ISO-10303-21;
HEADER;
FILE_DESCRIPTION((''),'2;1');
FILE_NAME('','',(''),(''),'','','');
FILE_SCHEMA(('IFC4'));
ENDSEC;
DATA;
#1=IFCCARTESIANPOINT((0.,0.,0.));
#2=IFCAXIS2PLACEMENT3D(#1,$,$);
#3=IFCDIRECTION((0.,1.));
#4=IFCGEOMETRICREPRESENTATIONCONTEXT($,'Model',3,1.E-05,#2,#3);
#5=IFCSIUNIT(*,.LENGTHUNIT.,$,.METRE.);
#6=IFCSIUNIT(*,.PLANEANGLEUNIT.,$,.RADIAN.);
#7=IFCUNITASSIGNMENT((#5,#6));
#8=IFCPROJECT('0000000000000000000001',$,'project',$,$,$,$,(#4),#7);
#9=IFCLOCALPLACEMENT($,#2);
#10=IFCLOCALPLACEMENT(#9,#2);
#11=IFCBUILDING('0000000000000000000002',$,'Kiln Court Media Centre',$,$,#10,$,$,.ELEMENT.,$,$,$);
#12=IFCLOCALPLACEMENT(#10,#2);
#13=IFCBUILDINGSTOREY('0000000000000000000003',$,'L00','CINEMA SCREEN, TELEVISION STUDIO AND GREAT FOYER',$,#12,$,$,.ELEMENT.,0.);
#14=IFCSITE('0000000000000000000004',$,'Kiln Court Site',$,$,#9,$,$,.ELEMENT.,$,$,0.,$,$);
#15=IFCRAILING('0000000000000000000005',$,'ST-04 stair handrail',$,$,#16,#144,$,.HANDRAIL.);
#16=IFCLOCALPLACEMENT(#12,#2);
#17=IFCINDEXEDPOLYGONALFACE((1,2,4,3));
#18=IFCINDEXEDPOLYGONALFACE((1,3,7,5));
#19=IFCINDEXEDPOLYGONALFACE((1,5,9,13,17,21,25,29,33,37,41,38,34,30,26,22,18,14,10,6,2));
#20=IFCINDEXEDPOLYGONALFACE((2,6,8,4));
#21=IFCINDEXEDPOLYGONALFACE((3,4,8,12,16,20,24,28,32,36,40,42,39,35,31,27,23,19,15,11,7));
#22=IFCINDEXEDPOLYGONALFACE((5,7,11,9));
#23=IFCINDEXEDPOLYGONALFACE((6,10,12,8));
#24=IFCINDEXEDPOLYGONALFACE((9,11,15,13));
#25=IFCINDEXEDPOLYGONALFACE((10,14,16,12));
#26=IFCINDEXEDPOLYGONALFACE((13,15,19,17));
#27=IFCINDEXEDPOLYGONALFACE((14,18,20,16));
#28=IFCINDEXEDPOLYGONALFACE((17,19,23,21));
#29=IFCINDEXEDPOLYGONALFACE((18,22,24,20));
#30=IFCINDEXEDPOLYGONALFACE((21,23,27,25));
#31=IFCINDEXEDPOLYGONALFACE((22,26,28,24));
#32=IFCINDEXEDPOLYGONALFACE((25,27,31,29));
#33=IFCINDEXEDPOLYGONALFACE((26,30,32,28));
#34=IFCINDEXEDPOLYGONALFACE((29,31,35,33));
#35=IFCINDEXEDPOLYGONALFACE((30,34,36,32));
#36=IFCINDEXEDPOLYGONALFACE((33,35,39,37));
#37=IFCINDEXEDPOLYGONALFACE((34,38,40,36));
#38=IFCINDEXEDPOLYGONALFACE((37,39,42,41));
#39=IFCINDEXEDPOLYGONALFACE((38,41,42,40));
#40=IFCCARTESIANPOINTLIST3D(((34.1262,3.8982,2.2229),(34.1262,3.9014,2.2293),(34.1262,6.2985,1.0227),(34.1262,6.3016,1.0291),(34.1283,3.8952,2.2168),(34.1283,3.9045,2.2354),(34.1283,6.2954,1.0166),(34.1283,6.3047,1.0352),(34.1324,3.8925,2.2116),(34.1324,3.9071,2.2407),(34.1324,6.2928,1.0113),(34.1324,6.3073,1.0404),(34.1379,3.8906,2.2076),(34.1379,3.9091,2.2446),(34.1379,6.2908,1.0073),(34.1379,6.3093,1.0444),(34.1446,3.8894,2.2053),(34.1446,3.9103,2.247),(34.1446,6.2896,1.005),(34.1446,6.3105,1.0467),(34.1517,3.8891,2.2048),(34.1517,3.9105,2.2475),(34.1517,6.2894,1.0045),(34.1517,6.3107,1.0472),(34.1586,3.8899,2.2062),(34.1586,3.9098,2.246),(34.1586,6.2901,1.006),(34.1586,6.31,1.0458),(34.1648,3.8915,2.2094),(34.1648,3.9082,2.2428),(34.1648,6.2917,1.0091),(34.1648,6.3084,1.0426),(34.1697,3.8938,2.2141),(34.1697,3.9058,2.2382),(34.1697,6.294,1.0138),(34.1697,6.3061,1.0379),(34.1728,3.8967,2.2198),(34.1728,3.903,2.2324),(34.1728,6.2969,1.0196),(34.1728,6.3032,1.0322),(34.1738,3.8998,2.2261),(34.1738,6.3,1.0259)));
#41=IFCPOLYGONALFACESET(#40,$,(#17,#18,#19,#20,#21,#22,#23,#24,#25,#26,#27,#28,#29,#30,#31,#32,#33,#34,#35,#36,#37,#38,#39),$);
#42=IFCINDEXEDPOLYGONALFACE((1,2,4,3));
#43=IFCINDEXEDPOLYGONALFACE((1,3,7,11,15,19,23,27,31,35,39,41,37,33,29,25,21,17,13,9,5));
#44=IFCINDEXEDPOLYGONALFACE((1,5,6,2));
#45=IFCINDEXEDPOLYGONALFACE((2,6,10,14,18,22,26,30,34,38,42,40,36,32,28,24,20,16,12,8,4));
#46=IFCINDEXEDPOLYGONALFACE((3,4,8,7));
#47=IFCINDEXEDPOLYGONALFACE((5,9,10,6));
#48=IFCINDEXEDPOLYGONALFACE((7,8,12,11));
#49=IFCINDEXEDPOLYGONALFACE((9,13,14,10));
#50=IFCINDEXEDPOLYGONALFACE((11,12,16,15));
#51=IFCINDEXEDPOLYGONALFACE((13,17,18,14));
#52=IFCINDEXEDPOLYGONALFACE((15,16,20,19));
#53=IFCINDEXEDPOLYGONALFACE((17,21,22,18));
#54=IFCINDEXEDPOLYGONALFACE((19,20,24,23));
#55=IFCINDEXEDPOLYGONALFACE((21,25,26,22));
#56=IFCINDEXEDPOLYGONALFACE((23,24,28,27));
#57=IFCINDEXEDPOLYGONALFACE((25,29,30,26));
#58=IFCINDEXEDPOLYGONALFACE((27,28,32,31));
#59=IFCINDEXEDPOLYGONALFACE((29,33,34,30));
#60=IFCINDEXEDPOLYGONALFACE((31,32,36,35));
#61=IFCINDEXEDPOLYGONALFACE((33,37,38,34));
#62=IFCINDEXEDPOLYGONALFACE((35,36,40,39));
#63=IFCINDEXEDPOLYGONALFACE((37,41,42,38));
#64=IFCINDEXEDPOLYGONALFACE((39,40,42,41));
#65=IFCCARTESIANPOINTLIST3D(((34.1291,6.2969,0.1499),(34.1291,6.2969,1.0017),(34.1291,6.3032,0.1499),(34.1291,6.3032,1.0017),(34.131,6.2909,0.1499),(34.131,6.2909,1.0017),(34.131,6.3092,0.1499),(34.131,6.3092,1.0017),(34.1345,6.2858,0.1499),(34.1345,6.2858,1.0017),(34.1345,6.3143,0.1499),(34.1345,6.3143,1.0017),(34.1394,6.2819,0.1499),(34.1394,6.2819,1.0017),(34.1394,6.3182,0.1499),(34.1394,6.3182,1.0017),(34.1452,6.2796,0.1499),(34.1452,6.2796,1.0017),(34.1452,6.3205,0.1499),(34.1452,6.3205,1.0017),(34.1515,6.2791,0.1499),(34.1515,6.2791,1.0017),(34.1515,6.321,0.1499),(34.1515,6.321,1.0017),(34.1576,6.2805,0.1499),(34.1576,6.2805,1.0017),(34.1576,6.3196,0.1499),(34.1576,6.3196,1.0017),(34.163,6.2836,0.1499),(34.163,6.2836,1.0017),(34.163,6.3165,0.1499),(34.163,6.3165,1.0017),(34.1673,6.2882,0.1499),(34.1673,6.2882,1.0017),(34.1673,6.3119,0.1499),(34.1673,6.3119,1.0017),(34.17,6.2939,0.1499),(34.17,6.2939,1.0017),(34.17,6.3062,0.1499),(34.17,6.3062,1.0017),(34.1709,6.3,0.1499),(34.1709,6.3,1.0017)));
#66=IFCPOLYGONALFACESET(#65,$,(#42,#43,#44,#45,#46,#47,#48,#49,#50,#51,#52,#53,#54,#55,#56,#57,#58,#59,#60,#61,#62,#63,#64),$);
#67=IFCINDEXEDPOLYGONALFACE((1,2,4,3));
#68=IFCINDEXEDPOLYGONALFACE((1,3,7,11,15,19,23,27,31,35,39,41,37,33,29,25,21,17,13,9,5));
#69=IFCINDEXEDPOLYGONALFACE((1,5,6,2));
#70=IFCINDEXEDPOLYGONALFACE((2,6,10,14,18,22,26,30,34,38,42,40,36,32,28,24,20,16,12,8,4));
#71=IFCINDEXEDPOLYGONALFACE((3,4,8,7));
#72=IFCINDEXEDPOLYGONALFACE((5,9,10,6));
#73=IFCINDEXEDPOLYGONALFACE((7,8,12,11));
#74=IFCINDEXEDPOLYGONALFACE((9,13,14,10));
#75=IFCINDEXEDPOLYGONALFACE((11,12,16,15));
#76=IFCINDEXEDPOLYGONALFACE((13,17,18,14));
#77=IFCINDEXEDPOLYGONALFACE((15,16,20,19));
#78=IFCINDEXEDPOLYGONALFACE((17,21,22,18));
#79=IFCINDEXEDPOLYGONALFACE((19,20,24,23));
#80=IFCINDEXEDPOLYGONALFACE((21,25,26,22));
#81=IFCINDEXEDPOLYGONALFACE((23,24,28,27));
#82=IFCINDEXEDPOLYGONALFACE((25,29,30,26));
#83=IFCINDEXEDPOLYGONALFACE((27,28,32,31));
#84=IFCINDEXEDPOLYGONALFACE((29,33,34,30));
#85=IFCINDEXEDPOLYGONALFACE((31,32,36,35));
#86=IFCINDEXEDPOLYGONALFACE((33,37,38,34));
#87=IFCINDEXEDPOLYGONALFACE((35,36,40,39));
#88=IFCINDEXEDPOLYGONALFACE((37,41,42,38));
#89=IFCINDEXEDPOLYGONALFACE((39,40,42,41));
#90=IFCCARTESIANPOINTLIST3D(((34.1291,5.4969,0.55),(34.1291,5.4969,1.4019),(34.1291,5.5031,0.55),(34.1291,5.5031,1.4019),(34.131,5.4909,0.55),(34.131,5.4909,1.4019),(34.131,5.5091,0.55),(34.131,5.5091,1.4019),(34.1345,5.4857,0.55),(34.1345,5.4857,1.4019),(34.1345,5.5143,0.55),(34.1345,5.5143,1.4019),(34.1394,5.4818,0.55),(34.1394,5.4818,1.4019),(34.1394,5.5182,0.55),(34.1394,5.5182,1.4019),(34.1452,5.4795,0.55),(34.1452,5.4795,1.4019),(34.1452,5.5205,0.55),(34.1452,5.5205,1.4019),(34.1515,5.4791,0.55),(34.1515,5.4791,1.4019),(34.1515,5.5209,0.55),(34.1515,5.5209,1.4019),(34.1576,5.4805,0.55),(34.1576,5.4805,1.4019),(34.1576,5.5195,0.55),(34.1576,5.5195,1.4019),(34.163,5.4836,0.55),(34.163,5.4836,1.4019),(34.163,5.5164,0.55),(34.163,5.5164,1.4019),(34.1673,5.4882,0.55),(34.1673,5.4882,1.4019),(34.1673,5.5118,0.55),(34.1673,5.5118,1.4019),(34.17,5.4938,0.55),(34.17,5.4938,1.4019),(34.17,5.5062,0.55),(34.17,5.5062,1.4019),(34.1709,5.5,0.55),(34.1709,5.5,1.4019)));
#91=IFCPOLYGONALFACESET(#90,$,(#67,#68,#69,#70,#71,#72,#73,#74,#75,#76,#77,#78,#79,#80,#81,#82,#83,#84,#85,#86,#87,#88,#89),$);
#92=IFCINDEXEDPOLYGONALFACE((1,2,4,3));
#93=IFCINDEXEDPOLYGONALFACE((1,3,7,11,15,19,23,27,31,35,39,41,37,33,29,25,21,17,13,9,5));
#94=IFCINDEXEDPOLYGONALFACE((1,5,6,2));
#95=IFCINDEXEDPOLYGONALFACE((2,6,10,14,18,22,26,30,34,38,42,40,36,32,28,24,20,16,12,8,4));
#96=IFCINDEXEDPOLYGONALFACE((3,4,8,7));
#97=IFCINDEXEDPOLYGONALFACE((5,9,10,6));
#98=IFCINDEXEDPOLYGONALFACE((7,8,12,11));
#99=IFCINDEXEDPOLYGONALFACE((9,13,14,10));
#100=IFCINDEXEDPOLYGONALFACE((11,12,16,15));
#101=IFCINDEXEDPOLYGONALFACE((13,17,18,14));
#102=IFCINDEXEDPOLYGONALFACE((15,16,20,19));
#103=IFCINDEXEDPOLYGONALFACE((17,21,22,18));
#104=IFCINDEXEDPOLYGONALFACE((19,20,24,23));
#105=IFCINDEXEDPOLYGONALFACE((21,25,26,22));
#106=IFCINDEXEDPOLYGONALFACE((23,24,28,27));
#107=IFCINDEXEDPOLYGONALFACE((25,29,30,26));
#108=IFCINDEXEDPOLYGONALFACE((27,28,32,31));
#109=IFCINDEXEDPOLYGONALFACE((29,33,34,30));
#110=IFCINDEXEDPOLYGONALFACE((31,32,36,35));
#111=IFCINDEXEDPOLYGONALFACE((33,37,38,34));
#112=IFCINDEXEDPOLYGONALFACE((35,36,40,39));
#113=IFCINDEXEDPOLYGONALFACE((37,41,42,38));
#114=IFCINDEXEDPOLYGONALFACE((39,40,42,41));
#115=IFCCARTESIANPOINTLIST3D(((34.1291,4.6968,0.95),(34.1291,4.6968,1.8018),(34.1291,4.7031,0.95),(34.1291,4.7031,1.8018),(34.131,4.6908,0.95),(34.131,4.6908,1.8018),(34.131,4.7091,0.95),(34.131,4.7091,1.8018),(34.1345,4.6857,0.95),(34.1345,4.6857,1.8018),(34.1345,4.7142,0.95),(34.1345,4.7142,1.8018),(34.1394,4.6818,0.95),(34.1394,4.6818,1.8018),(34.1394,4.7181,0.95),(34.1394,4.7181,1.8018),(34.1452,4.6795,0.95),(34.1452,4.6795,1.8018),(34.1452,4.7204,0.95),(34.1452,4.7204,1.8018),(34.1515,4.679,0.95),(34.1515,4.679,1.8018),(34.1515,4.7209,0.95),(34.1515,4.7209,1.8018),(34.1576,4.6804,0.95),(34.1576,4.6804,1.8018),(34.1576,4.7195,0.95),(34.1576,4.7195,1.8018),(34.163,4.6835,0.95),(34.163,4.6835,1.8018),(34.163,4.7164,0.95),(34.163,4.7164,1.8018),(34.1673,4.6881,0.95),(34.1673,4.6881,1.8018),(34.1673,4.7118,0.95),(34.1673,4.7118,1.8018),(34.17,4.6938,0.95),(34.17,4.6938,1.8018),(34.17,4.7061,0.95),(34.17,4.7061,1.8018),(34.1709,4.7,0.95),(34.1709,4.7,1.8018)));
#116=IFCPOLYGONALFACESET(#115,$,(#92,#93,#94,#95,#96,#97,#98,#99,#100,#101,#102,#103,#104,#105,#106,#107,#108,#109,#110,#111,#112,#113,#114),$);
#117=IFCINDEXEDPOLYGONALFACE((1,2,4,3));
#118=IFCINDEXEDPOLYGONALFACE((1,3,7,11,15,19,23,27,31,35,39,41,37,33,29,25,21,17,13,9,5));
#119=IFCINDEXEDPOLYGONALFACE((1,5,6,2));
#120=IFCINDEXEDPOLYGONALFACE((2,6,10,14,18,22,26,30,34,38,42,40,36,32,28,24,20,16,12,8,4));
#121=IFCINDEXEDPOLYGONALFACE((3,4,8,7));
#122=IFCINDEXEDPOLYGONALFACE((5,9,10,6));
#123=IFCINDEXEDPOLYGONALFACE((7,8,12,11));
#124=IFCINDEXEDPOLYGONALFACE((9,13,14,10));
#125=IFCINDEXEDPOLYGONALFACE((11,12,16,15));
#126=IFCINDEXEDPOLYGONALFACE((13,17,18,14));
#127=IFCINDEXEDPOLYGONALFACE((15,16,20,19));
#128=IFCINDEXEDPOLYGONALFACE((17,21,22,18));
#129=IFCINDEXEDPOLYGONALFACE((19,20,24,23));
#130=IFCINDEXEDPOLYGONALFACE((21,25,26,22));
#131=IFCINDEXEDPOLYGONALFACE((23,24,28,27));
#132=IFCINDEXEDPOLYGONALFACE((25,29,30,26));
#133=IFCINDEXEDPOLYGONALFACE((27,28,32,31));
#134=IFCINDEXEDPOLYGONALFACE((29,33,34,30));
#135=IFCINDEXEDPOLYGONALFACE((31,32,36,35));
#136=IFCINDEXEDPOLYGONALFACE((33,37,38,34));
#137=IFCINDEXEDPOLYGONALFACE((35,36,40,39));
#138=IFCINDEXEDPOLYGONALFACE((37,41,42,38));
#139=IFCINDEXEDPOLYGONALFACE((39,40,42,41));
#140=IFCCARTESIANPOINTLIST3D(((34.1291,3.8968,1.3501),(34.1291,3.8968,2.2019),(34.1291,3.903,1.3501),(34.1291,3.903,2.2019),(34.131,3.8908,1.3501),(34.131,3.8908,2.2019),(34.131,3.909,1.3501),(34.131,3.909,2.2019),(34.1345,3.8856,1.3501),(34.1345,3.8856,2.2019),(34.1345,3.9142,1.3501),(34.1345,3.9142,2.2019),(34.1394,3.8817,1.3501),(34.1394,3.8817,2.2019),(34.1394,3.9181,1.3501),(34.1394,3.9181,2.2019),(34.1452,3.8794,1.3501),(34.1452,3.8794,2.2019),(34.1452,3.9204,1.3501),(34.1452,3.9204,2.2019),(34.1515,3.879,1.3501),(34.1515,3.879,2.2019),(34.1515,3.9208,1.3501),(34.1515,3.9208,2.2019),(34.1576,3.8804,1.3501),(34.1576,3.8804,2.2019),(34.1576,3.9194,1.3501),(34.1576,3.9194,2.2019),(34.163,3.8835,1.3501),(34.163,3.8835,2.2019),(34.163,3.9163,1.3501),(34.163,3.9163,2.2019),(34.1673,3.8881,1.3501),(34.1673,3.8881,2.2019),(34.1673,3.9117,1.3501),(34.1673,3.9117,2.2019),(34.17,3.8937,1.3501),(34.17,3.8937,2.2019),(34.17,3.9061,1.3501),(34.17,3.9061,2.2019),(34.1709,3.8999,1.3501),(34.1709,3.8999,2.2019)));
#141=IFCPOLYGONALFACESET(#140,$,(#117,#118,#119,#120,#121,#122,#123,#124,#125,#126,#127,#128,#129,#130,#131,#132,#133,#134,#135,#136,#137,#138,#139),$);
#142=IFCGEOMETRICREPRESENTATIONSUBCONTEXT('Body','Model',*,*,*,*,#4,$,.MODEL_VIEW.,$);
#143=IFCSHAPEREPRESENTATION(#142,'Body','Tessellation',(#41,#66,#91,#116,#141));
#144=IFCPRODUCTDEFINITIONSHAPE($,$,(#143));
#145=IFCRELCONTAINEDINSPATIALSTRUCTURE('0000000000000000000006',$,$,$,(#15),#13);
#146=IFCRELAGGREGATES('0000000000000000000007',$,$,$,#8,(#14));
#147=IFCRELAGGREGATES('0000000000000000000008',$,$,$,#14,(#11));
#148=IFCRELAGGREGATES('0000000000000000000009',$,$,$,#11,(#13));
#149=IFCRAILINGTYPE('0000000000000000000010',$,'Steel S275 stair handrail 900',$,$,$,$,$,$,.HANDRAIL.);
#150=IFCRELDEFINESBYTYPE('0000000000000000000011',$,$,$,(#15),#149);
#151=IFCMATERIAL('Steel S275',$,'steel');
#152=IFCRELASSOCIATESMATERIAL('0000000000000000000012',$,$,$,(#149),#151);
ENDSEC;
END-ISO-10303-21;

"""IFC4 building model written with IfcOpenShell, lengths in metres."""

from ifc_helpers import new_model, si_unit, direction, frame, origin, origin_2d, place, context, subcontext, project, spatial, circle, extrude, material, type_object, element, save


model = new_model("IFC4")

# Units and contexts
model_context = context("Model", 3, precision=1e-05, world=origin(), true_north=direction((0.0, 1.0)))
body_context = subcontext(model_context, "Body", "Model", "MODEL_VIEW")
ifc_project = project(units=[si_unit("LENGTHUNIT", "METRE"), si_unit("PLANEANGLEUNIT", "RADIAN")], contexts=[model_context])

# Site, building, storey
site_placement = place(None, origin())
site = spatial("IfcSite", under=ifc_project, at=site_placement, Name="Kiln Court Site", CompositionType="ELEMENT", RefElevation=0.0)
building_placement = place(site_placement, origin())
building = spatial("IfcBuilding", under=site, at=building_placement, Name="Kiln Court Media Centre", CompositionType="ELEMENT")
storey_placement = place(building_placement, origin())
storey = spatial("IfcBuildingStorey", under=building, at=storey_placement, Name="L00", Description="CINEMA SCREEN, TELEVISION STUDIO AND GREAT FOYER", CompositionType="ELEMENT", Elevation=0.0)

# Railing
ifc_material_1 = material(Name="Steel S275", Category="steel")
railing_type_1 = type_object("IfcRailingType", Name="Steel S275 stair handrail 900", PredefinedType="HANDRAIL", material=ifc_material_1)
railing_1_placement = place(storey_placement, frame((34.1499, 6.3, 0.1499)))
element("IfcRailing", 1, at=railing_1_placement, inside=storey, type_object=railing_type_1, Name="ST-04 stair handrail", PredefinedType="HANDRAIL", context=body_context, shape_type="SweptSolid", body=[
    extrude(circle(Radius=0.0239, at=origin_2d()), frame((0.0, 0.0, 0.876), z_axis=(0.0, -0.894409, 0.44725), x_axis=(1.0, 0.0, 0.0)), (0.0, 0.0, 1.0), 2.6836),
    extrude(circle(Radius=0.021, at=origin_2d()), origin(), (0.0, 0.0, 1.0), 0.8518),
    extrude(circle(Radius=0.021, at=origin_2d()), frame((0.0, -0.8, 0.4001)), (0.0, 0.0, 1.0), 0.8518),
    extrude(circle(Radius=0.021, at=origin_2d()), frame((0.0, -1.6001, 0.8)), (0.0, 0.0, 1.0), 0.8518),
    extrude(circle(Radius=0.021, at=origin_2d()), frame((0.0, -2.4001, 1.2002)), (0.0, 0.0, 1.0), 0.8518),
])

save(model, "model.ifc")
